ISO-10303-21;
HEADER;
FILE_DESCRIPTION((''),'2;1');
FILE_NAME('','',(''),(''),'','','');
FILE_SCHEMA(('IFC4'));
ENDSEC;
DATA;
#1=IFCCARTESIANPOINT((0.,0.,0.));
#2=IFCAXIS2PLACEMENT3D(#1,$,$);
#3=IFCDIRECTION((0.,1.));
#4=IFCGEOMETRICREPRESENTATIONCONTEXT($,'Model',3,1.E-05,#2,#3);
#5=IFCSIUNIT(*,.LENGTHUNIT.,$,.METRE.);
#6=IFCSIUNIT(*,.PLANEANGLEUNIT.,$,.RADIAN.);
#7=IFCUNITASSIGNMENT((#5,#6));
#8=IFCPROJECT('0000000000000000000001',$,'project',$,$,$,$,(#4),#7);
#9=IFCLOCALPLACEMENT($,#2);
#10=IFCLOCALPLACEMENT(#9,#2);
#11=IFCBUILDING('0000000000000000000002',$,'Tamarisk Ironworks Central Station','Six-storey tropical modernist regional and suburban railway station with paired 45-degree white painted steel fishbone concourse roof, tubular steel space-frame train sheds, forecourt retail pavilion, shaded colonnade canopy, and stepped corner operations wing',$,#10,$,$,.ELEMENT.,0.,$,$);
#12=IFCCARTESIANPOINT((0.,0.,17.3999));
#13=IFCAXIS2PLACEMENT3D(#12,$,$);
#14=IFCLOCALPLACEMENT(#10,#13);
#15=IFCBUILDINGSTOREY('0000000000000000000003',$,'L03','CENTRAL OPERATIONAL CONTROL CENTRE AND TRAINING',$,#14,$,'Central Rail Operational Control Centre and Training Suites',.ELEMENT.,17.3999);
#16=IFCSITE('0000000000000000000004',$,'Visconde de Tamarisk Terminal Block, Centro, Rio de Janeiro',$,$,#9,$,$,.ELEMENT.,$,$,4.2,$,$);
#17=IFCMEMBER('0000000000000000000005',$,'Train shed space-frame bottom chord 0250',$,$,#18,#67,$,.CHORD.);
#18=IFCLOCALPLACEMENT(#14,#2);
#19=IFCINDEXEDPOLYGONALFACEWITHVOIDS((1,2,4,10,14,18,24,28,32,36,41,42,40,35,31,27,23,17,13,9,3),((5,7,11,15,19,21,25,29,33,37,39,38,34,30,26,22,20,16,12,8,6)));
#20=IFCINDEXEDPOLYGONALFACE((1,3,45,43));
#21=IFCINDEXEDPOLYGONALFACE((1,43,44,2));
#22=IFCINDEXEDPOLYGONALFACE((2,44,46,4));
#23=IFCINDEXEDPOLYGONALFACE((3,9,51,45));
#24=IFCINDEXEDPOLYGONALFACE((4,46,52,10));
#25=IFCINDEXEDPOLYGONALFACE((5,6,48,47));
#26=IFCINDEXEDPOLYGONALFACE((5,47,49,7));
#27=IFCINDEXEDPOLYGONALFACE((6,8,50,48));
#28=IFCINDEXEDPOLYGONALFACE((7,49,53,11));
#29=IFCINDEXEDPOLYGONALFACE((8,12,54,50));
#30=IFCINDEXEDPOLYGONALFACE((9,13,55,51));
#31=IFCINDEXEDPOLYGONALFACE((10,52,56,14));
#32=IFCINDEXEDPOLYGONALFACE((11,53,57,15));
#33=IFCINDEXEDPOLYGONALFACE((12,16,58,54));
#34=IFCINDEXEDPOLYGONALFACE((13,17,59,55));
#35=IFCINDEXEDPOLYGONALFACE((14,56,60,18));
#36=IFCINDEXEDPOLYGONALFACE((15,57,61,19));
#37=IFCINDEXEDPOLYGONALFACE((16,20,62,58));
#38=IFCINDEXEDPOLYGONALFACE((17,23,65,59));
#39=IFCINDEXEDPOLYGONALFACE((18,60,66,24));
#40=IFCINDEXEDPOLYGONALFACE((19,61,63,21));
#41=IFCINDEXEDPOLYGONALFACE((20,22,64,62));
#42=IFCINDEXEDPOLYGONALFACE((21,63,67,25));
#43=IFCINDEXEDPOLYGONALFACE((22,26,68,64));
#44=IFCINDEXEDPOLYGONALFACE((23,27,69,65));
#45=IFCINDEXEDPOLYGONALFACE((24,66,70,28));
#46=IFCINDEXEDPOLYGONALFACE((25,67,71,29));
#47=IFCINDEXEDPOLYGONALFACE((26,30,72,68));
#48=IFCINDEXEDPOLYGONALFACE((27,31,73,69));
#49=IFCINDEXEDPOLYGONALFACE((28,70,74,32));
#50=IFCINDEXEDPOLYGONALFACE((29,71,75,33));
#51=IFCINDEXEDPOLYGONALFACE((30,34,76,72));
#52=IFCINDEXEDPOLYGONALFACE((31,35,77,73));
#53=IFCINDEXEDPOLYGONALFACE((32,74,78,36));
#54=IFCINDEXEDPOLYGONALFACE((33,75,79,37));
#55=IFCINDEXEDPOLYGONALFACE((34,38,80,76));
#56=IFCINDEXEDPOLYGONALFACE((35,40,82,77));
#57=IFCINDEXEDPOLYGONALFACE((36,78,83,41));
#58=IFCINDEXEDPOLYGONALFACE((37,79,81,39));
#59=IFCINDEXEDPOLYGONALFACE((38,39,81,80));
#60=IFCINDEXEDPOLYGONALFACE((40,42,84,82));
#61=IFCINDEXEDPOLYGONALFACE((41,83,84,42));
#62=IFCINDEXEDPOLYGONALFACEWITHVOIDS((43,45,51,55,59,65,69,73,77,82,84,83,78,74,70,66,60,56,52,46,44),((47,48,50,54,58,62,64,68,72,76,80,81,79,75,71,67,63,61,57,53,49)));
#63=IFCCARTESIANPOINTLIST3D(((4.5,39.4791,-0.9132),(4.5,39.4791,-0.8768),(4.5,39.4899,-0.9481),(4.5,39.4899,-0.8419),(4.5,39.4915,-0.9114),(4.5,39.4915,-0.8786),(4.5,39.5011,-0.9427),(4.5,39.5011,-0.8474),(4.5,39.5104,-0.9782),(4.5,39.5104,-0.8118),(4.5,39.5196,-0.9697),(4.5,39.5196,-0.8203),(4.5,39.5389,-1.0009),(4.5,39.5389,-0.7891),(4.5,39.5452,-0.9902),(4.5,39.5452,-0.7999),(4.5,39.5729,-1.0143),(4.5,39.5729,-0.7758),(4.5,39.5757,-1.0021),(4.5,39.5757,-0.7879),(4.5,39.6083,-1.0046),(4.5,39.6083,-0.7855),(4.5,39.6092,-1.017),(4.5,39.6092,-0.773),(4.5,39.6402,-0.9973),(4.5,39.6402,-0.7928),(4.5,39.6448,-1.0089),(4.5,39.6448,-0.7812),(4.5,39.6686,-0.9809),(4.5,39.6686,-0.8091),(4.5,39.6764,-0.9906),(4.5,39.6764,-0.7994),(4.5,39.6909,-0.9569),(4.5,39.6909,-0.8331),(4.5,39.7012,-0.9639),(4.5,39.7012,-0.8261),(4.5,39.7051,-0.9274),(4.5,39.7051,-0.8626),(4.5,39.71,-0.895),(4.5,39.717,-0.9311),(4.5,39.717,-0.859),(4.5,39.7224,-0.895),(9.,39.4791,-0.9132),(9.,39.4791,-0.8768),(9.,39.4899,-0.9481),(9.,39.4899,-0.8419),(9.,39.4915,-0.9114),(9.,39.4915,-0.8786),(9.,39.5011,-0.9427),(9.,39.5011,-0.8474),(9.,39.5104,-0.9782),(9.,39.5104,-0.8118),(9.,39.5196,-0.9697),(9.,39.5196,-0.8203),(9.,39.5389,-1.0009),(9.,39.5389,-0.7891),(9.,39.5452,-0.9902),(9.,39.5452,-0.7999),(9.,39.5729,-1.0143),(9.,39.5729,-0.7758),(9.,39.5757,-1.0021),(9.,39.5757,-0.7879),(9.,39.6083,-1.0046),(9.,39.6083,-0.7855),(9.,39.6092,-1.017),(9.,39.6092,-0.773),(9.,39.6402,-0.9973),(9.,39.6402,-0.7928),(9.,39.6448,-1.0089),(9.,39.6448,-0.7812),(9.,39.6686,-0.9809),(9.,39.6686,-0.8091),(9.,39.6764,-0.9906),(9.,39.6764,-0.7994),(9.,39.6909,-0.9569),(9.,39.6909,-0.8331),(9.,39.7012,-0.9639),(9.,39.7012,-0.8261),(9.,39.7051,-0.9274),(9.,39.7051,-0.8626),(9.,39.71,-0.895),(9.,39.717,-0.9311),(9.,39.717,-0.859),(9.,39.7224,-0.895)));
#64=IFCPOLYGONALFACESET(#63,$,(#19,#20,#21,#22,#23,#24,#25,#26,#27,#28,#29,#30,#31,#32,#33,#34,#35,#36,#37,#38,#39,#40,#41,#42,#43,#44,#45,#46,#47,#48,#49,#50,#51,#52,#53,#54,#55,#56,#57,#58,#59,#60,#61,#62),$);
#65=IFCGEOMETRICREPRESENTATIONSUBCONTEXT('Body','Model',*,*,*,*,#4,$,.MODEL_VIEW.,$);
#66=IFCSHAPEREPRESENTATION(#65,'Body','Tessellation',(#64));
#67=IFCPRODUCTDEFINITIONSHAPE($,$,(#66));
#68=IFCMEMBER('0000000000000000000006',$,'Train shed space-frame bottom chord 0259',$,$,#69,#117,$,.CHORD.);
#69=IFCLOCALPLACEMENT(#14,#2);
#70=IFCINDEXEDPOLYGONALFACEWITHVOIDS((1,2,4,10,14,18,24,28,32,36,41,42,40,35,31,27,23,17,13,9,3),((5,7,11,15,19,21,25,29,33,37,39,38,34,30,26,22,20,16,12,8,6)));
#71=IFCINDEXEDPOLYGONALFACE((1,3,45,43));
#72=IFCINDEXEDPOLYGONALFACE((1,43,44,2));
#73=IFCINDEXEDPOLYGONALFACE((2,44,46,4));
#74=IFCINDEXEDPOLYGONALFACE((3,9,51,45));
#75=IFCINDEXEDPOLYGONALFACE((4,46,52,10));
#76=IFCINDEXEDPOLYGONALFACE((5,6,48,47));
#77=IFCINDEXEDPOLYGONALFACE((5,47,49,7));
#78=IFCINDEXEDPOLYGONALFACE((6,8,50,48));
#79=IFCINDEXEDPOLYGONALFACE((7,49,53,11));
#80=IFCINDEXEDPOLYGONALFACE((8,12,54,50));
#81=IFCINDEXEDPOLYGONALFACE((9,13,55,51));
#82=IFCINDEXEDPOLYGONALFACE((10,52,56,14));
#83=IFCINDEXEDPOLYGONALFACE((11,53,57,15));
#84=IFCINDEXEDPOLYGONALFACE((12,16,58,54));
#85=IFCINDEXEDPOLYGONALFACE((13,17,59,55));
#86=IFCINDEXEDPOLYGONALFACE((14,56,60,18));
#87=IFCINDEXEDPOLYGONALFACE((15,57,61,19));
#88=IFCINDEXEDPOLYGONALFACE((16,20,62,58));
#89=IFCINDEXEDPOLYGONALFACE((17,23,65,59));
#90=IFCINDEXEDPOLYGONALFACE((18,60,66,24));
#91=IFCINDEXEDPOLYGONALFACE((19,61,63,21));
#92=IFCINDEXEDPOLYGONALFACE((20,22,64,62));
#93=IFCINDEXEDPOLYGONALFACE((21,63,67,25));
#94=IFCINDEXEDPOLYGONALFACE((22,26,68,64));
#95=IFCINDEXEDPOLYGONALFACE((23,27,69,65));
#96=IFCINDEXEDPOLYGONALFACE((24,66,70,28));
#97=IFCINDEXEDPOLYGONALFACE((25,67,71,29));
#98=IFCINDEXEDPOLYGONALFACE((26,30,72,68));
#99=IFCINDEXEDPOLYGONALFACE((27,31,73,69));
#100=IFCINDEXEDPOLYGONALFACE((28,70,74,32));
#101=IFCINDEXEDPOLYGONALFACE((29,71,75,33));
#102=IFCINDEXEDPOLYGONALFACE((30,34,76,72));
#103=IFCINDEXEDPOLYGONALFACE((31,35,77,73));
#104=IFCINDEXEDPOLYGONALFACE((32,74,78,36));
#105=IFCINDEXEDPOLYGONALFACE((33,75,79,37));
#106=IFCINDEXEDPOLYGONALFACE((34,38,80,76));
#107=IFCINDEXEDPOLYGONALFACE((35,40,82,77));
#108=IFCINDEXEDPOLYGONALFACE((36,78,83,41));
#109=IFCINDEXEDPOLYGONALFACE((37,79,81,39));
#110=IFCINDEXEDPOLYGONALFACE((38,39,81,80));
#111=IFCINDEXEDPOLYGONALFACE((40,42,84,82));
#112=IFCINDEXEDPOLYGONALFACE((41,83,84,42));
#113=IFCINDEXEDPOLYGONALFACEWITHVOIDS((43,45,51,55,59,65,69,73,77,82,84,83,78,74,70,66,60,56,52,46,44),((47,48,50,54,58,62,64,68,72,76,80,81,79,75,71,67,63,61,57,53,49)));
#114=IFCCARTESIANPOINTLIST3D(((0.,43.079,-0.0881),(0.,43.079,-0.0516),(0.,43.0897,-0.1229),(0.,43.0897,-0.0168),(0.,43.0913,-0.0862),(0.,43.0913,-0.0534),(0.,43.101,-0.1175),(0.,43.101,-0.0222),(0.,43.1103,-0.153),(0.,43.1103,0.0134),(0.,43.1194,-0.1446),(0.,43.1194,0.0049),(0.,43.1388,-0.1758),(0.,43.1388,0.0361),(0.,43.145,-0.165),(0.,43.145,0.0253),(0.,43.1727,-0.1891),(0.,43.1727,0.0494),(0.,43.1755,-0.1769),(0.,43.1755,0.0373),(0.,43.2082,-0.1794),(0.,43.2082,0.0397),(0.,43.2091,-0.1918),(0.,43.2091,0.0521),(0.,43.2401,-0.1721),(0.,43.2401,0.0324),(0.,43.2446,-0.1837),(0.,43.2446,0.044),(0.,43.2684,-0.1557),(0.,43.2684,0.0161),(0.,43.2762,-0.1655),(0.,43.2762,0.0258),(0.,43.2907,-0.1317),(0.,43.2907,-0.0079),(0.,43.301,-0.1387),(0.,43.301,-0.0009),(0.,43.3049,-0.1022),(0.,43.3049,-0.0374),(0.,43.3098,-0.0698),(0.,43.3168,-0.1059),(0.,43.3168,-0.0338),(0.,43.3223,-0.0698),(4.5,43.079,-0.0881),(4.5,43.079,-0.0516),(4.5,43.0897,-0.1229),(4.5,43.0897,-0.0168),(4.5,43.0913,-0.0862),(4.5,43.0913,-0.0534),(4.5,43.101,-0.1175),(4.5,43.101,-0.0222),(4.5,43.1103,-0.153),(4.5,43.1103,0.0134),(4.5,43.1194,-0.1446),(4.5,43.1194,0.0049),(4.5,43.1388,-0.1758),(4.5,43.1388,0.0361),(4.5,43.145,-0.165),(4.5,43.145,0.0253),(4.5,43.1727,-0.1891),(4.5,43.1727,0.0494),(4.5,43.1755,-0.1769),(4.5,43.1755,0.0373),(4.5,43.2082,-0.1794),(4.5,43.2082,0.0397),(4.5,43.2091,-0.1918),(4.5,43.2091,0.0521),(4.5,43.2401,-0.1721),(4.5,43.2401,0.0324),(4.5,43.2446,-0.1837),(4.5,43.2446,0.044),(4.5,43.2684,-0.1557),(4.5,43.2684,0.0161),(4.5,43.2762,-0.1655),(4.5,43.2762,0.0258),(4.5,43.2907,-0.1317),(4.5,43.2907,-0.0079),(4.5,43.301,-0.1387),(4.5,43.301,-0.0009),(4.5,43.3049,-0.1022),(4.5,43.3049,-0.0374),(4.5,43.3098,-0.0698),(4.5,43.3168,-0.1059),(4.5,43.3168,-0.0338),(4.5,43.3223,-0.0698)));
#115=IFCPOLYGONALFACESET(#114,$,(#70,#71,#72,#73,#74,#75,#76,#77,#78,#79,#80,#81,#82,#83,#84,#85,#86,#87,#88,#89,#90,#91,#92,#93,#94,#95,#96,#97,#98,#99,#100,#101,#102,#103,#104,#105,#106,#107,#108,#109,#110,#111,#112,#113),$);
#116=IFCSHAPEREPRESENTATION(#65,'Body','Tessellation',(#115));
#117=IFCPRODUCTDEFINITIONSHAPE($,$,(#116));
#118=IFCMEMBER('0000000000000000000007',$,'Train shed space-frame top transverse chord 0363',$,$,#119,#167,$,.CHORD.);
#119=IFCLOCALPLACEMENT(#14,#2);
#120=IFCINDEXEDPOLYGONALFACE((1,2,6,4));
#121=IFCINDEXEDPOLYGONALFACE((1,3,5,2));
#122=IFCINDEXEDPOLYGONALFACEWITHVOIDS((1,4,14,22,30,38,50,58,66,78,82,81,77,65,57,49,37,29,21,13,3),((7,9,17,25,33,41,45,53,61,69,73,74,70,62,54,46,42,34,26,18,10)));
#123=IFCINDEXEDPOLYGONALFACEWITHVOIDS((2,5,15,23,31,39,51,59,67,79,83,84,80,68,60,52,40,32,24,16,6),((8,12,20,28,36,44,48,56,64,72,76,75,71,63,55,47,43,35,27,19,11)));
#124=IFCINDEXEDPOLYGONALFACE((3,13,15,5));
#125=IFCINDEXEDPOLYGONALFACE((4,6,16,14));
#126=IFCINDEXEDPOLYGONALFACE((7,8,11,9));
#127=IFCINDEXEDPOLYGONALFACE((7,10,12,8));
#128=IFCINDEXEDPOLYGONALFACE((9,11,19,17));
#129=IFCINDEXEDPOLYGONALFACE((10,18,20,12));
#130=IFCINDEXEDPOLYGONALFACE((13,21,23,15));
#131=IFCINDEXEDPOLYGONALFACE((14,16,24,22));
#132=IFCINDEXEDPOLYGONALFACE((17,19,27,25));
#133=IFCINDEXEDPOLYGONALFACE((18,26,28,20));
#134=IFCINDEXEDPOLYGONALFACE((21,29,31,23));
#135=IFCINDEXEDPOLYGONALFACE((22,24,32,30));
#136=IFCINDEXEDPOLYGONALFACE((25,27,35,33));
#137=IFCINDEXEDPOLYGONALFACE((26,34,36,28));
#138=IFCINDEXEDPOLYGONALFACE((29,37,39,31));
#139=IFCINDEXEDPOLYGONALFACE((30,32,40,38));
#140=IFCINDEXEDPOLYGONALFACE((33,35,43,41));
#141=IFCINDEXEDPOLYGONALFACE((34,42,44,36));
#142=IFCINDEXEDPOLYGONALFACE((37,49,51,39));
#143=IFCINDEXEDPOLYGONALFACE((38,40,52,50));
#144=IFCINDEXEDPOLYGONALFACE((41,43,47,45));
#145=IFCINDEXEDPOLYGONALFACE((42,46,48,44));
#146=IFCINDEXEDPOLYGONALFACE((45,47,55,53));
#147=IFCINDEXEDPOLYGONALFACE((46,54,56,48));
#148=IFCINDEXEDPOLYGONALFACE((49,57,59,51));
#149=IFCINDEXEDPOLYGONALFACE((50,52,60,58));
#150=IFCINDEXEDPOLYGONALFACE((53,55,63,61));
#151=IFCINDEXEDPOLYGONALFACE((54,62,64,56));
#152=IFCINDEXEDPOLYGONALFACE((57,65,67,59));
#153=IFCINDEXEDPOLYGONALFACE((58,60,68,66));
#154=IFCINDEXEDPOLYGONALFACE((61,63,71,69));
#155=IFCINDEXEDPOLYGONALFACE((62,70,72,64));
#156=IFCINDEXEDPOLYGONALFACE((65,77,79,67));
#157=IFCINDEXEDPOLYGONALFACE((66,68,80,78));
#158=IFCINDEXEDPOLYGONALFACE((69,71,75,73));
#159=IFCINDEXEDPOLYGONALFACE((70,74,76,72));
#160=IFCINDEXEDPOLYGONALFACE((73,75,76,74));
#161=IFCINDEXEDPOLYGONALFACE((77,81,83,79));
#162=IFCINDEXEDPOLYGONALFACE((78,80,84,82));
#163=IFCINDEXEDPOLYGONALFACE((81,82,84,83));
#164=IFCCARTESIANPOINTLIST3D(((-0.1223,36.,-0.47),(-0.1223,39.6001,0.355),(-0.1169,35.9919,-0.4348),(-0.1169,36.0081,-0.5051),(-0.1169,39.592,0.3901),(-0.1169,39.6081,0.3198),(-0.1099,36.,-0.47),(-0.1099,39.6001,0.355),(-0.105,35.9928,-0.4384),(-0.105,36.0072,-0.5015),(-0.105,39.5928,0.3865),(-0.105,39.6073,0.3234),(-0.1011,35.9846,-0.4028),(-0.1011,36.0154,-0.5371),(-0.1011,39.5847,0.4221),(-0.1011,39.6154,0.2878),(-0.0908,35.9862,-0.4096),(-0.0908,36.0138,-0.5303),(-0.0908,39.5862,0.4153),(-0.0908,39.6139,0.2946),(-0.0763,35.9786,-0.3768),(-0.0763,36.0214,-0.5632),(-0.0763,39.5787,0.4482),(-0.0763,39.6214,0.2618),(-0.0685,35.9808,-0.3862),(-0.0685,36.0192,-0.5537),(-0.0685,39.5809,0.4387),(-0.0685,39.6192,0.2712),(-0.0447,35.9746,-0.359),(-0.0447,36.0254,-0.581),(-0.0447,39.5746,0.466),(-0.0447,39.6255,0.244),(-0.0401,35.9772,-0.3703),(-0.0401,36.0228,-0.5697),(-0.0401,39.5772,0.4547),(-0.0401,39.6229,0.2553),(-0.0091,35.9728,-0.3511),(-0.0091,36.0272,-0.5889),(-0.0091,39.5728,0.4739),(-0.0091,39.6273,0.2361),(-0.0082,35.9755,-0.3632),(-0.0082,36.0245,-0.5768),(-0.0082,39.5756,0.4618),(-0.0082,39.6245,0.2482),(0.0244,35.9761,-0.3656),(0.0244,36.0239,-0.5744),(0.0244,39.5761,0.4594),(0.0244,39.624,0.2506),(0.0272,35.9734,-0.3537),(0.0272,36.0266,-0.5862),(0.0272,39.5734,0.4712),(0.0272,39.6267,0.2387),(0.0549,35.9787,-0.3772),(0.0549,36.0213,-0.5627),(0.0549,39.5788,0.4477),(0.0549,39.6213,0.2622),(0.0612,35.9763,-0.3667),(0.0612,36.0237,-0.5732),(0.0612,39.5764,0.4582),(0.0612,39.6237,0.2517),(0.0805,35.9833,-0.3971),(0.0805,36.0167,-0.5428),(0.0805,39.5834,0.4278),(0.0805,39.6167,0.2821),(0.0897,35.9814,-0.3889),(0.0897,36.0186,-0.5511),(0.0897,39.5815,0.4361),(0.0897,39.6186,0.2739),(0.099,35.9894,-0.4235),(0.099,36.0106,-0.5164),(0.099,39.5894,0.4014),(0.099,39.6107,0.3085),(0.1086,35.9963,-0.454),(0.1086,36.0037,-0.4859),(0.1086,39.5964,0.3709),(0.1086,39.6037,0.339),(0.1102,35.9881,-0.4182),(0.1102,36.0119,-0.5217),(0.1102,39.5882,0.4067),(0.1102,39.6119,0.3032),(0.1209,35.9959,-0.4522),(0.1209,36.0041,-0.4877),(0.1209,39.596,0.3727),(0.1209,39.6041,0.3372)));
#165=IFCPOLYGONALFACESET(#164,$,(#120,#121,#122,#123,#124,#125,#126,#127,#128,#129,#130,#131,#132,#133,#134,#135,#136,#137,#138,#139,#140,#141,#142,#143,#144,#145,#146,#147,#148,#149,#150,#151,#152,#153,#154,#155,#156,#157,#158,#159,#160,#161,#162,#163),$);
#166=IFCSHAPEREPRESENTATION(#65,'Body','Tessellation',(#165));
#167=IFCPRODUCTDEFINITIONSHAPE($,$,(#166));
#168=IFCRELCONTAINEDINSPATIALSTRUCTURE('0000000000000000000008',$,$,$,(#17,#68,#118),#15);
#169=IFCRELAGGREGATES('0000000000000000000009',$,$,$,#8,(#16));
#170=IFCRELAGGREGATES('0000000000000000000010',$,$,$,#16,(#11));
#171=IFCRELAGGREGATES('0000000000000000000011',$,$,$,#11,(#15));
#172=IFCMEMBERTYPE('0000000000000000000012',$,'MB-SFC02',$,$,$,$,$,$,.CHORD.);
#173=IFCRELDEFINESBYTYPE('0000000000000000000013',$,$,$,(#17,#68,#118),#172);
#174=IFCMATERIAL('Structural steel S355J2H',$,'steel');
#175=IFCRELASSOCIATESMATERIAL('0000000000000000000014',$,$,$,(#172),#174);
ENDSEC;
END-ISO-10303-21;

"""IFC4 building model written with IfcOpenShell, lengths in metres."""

from ifc_helpers import new_model, si_unit, direction, frame, origin, origin_2d, place, context, subcontext, project, spatial, hollow_circle, extrude, material, material_profile, profile_set, type_object, element, save


model = new_model("IFC4")

# Units and contexts
model_context = context("Model", 3, precision=1e-05, world=origin(), true_north=direction((0.0, 1.0)))
body_context = subcontext(model_context, "Body", "Model", "MODEL_VIEW")
ifc_project = project(units=[si_unit("LENGTHUNIT", "METRE"), si_unit("PLANEANGLEUNIT", "RADIAN")], contexts=[model_context])

# Site, building, storey
site_placement = place(None, origin())
site = spatial("IfcSite", under=ifc_project, at=site_placement, Name="Visconde de Tamarisk Terminal Block, Centro, Rio de Janeiro", CompositionType="ELEMENT", RefElevation=4.2)
building_placement = place(site_placement, origin())
building = spatial("IfcBuilding", under=site, at=building_placement, Name="Tamarisk Ironworks Central Station", Description="Six-storey tropical modernist regional and suburban railway station with paired 45-degree white painted steel fishbone concourse roof, tubular steel space-frame train sheds, forecourt retail pavilion, shaded colonnade canopy, and stepped corner operations wing", CompositionType="ELEMENT", ElevationOfRefHeight=0.0)
storey_placement = place(building_placement, frame((0.0, 0.0, 17.3999)))
storey = spatial("IfcBuildingStorey", under=building, at=storey_placement, Name="L03", Description="CENTRAL OPERATIONAL CONTROL CENTRE AND TRAINING", LongName="Central Rail Operational Control Centre and Training Suites", CompositionType="ELEMENT", Elevation=17.3999)

# Members
ifc_material_1 = material(Name="Structural steel S355J2H", Category="steel")
ifc_material_profile_1 = material_profile(ifc_material_1, hollow_circle(Radius=0.1223, WallThickness=0.0125, at=origin_2d()), Name="CHS 244.5x12.5")
ifc_profile_set_1 = profile_set([ifc_material_profile_1], Name="Structural steel S355J2H")
member_type_1 = type_object("IfcMemberType", Name="MB-SFC02", PredefinedType="CHORD", material=ifc_profile_set_1)
for number, where, z_axis, x_axis, name in (
    (1, (4.5, 39.6001, -0.895), (1.0, 0.0, 0.0), (0.0, 1.0, 0.0), "Train shed space-frame bottom chord 0250"),
    (2, (0.0, 43.2, -0.0698), (1.0, 0.0, 0.0), (0.0, 1.0, 0.0), "Train shed space-frame bottom chord 0259"),
):
    element("IfcMember", number, at=place(storey_placement, frame(where, z_axis=z_axis, x_axis=x_axis)), inside=storey, type_object=member_type_1, Name=name, PredefinedType="CHORD", context=body_context, shape_type="SweptSolid", body=[
        extrude(hollow_circle(Radius=0.1223, WallThickness=0.0125, at=origin_2d()), origin(), (0.0, 0.0, 1.0), 4.5),
    ])
member_1_placement = place(storey_placement, frame((0.0, 36.0, -0.47), z_axis=(0.0, 0.974737, 0.223358), x_axis=(-1.0, 0.0, 0.0)))
element("IfcMember", 3, at=member_1_placement, inside=storey, type_object=member_type_1, Name="Train shed space-frame top transverse chord 0363", PredefinedType="CHORD", context=body_context, shape_type="SweptSolid", body=[
    extrude(hollow_circle(Radius=0.1223, WallThickness=0.0125, at=origin_2d()), origin(), (0.0, 0.0, 1.0), 3.6934),
])

save(model, "model.ifc")
